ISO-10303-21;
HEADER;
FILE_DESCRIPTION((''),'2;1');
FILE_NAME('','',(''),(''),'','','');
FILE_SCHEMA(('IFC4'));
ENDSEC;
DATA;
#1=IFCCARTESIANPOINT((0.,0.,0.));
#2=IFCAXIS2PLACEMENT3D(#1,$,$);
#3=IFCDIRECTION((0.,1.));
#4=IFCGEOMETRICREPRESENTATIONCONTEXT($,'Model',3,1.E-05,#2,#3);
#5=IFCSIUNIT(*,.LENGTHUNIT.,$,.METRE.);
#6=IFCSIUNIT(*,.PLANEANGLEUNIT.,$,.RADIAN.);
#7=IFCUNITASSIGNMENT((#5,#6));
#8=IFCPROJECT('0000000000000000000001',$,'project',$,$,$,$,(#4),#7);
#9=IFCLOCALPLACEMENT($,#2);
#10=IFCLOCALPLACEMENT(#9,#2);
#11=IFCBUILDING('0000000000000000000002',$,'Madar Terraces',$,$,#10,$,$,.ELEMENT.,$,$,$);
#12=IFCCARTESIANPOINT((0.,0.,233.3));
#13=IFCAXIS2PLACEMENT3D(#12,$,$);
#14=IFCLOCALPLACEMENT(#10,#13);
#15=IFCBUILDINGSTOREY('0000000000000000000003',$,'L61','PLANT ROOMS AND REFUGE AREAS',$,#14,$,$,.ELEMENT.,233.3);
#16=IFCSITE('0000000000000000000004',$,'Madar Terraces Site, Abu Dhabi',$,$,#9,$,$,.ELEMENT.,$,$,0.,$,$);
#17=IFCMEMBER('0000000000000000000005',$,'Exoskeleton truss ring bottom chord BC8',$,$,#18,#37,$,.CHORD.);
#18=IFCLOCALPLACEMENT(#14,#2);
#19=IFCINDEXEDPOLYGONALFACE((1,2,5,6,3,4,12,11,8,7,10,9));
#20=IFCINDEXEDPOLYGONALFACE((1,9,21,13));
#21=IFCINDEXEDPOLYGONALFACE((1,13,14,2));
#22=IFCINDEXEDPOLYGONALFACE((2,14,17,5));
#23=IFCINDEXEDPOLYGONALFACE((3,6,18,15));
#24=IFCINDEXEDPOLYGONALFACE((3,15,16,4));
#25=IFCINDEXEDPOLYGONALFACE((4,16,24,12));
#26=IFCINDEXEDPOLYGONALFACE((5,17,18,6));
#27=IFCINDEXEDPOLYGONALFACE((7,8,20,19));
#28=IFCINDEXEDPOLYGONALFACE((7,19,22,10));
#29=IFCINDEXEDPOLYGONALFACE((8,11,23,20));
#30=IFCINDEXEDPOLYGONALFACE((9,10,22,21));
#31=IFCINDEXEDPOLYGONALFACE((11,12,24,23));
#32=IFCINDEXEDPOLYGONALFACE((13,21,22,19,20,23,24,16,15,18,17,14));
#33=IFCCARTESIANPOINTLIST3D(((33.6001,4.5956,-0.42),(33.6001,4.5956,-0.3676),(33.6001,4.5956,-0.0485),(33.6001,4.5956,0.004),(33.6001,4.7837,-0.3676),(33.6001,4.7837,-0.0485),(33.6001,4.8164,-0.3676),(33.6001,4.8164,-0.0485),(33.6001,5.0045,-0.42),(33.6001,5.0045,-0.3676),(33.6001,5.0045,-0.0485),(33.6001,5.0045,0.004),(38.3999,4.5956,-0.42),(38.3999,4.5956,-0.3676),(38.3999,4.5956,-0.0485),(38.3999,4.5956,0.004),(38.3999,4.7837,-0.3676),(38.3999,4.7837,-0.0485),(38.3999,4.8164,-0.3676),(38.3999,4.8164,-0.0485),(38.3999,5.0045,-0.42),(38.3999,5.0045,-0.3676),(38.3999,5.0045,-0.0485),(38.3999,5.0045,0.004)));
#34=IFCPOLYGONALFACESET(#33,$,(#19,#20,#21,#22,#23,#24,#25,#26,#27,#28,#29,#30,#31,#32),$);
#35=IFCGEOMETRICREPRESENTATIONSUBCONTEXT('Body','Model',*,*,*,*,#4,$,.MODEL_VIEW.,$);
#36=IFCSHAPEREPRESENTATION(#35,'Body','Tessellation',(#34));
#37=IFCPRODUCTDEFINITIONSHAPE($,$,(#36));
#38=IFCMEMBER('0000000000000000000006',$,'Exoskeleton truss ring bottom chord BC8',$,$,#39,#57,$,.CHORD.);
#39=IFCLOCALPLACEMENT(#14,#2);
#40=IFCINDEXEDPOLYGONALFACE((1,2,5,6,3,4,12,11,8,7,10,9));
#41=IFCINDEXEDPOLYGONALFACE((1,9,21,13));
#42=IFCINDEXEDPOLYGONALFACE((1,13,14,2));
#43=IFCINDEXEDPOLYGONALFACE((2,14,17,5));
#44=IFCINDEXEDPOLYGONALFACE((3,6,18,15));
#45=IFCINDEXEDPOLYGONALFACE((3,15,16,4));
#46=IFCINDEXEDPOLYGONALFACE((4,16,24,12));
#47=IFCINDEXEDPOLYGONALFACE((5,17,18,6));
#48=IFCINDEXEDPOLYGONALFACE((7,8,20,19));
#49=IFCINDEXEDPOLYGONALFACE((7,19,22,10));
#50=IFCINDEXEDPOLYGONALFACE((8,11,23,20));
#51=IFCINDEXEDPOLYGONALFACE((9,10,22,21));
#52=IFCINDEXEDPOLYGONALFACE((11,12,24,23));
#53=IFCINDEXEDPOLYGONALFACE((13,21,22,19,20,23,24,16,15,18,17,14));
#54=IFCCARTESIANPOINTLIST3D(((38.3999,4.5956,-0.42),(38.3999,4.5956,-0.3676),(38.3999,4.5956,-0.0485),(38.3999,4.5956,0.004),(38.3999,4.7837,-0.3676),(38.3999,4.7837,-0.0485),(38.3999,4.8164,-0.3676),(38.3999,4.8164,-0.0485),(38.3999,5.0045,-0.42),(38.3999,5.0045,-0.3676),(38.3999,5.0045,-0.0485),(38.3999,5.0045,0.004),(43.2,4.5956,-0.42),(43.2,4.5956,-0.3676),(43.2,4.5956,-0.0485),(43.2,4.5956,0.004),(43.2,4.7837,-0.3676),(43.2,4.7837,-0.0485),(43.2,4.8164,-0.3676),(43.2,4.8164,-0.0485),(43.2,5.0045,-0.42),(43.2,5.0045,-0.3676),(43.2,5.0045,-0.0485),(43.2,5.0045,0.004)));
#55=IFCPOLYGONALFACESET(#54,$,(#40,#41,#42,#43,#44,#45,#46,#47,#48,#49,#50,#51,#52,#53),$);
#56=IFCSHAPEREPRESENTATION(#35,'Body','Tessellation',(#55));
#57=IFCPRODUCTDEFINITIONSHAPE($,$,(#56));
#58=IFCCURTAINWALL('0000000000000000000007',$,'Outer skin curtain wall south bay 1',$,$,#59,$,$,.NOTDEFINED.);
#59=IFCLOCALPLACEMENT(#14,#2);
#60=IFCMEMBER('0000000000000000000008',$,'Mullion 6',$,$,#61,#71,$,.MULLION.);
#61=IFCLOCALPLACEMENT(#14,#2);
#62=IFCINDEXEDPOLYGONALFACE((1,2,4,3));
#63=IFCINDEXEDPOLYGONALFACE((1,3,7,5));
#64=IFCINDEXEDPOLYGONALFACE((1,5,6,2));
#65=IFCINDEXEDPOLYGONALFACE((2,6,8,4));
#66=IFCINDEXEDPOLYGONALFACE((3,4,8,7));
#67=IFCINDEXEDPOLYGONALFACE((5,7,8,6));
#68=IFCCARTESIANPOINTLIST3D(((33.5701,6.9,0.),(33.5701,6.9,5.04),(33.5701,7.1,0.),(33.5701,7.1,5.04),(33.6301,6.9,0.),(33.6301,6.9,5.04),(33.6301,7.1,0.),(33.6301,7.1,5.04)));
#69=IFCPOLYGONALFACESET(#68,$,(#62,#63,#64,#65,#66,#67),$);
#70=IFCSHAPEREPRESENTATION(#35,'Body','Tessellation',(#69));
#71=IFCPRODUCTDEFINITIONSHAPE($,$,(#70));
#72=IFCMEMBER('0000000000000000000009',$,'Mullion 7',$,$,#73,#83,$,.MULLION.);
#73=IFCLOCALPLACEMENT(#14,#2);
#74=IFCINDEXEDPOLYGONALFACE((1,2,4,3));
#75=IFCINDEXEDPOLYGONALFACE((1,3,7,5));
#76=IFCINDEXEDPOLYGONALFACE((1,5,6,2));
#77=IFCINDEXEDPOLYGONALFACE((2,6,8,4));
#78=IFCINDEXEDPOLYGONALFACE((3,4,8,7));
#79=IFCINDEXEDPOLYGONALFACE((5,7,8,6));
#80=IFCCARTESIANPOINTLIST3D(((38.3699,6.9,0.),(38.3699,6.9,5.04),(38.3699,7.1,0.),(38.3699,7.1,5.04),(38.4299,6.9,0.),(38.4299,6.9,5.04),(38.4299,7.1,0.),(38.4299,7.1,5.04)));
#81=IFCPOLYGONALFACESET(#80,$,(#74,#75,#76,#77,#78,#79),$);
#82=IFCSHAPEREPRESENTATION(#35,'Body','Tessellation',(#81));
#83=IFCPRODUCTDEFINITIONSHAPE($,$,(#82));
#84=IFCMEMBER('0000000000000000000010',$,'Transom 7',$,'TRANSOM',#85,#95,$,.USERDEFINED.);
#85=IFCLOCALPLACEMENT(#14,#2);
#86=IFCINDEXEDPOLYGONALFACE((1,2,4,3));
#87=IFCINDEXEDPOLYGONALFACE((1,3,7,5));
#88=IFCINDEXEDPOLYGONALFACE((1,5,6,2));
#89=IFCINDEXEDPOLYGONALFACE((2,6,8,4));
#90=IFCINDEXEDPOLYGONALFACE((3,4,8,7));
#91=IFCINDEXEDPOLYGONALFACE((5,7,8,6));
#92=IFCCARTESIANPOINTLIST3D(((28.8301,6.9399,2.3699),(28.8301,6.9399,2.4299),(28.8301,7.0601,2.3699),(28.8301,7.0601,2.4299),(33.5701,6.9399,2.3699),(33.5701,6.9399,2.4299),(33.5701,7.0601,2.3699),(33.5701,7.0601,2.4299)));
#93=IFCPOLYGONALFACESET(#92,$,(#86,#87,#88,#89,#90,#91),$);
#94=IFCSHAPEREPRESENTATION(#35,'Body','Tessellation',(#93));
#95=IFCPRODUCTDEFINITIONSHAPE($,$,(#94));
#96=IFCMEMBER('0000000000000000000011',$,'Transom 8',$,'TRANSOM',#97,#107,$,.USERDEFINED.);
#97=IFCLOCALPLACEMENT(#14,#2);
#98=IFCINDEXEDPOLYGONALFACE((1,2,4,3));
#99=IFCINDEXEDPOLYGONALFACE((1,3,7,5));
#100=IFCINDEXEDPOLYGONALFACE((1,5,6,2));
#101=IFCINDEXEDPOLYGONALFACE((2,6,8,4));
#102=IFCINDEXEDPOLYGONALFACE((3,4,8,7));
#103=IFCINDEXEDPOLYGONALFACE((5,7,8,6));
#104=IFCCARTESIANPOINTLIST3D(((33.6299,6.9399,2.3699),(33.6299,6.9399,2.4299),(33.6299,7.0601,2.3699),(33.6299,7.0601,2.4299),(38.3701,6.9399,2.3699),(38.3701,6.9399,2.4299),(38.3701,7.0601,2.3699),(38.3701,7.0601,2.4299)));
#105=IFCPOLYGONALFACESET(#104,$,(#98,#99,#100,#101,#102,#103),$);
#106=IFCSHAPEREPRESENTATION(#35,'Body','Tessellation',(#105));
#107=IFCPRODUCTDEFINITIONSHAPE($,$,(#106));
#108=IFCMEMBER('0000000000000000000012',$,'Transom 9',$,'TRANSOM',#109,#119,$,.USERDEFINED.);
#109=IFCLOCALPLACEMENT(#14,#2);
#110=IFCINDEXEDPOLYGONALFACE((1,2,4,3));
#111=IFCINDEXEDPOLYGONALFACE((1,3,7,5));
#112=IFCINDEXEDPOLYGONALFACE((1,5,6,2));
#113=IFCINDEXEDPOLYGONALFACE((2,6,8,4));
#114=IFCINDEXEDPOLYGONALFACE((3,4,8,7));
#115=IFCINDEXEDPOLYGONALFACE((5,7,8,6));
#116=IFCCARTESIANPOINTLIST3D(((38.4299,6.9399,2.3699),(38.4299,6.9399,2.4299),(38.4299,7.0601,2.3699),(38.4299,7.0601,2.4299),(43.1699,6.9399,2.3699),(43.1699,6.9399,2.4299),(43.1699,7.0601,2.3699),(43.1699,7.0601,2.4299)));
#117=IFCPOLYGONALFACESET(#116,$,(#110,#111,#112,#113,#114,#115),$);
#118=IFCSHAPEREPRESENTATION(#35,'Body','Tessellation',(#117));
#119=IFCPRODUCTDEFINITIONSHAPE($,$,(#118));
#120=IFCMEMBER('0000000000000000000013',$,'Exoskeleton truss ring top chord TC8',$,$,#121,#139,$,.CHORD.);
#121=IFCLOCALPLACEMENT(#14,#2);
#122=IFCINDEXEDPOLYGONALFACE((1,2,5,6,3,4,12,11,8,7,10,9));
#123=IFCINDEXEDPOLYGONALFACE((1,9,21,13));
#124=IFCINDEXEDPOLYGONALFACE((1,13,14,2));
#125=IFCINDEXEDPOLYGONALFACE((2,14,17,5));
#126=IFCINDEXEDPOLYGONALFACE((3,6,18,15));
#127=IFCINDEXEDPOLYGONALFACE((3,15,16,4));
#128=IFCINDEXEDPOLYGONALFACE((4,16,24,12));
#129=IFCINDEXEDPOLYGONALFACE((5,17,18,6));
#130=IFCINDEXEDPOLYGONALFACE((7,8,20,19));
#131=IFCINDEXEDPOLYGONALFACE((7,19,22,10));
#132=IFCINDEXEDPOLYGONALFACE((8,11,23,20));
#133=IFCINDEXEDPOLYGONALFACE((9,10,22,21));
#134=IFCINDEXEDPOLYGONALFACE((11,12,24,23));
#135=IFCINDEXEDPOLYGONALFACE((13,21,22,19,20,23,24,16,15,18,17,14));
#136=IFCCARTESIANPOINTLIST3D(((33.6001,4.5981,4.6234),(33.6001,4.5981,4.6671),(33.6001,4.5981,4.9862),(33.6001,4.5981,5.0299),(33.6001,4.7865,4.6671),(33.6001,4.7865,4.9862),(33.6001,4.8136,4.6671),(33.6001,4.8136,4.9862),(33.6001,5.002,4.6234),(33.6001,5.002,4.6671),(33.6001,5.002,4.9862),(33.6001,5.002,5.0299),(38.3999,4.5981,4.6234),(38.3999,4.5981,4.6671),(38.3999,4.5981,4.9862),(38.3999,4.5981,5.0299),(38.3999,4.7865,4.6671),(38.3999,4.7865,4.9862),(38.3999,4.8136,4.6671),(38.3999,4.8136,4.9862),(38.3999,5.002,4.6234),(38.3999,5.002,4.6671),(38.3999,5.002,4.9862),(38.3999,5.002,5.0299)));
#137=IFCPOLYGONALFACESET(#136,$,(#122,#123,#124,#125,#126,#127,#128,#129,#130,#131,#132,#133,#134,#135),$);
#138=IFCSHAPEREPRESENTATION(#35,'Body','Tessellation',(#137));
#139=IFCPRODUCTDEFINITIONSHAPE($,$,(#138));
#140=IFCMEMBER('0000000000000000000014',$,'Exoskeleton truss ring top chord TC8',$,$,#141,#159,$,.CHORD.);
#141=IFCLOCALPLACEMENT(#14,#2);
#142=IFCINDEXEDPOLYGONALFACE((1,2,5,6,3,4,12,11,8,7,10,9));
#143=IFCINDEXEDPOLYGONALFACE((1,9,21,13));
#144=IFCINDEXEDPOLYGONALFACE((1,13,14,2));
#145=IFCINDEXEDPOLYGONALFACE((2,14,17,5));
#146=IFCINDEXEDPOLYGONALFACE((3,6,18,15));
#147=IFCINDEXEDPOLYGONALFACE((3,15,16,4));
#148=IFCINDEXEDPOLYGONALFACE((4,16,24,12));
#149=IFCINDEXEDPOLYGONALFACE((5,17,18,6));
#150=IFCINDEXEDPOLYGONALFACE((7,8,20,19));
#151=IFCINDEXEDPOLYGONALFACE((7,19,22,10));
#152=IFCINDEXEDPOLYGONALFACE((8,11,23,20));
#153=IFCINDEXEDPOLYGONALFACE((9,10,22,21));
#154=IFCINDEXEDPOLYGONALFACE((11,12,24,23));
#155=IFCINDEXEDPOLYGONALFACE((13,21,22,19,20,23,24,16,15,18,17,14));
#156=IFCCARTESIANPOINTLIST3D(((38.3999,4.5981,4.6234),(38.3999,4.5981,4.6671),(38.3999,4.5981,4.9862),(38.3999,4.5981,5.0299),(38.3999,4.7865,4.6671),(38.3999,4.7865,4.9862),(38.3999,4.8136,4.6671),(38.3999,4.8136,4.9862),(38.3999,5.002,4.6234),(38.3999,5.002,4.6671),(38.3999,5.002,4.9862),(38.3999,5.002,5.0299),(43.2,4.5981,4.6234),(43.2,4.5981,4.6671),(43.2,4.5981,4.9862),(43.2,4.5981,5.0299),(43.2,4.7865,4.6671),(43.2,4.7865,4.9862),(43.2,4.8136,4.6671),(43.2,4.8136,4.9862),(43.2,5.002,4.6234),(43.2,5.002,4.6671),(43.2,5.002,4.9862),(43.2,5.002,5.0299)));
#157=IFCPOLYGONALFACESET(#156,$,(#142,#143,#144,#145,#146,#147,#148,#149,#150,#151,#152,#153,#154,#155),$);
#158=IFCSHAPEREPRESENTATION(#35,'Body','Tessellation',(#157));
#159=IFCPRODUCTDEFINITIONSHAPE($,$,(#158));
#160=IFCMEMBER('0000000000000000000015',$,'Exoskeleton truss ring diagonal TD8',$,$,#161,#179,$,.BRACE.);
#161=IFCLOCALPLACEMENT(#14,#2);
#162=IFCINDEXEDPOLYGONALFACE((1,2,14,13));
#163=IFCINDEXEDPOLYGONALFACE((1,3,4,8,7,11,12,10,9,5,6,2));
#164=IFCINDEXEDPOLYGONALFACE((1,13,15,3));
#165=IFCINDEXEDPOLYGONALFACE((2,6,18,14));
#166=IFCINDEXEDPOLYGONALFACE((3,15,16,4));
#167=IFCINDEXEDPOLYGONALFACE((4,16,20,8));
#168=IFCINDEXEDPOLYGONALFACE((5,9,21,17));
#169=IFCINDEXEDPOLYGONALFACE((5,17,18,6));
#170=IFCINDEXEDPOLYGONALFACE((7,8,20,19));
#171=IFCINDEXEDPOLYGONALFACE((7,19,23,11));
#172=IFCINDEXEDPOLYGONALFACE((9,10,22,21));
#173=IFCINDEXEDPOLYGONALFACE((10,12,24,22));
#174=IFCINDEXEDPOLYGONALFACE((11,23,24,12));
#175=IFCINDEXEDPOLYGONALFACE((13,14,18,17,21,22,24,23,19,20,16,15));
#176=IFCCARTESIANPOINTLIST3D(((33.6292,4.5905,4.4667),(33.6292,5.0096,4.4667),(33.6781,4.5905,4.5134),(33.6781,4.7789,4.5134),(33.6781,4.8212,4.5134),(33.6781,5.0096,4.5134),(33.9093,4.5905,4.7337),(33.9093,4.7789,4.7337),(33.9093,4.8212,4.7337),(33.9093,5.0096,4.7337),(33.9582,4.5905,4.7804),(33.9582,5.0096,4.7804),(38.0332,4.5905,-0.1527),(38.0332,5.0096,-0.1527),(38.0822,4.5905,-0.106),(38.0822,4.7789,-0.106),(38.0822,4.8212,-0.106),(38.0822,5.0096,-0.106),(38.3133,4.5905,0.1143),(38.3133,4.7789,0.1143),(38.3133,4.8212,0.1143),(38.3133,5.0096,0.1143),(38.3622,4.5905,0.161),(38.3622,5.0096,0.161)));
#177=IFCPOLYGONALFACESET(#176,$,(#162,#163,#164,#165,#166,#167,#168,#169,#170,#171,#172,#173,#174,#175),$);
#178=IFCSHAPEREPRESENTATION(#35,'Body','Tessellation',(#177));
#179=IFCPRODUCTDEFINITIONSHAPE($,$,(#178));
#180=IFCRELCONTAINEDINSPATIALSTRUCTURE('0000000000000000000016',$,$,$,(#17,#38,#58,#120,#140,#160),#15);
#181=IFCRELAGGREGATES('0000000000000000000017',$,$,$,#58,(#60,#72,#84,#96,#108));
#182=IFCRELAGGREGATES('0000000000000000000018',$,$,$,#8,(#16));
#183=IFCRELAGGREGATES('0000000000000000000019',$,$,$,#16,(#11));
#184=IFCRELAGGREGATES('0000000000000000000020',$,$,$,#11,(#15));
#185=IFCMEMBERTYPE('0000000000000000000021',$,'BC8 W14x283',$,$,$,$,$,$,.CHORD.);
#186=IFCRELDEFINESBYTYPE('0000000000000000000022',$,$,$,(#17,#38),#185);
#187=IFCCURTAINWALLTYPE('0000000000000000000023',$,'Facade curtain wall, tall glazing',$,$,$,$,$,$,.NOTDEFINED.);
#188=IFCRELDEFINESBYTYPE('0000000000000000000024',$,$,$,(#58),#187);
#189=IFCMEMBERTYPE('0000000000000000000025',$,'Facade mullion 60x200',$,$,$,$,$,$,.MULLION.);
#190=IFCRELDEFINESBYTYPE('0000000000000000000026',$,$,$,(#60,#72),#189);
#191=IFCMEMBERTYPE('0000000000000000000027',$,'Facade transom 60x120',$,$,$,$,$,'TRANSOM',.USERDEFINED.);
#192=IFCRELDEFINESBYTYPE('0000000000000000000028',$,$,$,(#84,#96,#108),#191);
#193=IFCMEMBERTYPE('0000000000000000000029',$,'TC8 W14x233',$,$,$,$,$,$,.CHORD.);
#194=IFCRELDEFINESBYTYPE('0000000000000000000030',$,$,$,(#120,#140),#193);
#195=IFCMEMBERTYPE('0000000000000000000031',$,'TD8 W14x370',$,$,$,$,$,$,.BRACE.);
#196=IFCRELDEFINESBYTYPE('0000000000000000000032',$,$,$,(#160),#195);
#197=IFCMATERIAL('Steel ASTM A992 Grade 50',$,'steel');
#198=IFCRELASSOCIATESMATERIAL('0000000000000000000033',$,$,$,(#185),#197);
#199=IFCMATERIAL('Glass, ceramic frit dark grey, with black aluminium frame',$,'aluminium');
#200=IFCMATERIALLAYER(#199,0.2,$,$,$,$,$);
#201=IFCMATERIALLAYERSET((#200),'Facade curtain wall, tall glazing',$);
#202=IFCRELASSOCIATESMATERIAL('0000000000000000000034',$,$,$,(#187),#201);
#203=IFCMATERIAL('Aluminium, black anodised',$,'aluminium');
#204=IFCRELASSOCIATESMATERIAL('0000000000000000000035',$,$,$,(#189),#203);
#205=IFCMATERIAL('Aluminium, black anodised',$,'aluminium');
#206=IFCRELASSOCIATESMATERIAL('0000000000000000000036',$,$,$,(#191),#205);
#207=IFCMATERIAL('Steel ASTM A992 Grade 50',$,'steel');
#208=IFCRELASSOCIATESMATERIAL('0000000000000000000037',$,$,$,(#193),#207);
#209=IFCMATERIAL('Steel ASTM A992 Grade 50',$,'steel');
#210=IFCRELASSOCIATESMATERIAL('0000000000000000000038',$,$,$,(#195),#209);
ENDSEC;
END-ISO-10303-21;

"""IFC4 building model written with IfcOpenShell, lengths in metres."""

from ifc_helpers import new_model, si_unit, direction, frame, origin, origin_2d, place, context, subcontext, project, spatial, rectangle, i_section, extrude, material, layer, layer_set, material_profile, profile_set, type_object, element, aggregate, save


model = new_model("IFC4")

# Units and contexts
model_context = context("Model", 3, precision=1e-05, world=origin(), true_north=direction((0.0, 1.0)))
body_context = subcontext(model_context, "Body", "Model", "MODEL_VIEW")
ifc_project = project(units=[si_unit("LENGTHUNIT", "METRE"), si_unit("PLANEANGLEUNIT", "RADIAN")], contexts=[model_context])

# Site, building, storey
site_placement = place(None, origin())
site = spatial("IfcSite", under=ifc_project, at=site_placement, Name="Madar Terraces Site, Abu Dhabi", CompositionType="ELEMENT", RefElevation=0.0)
building_placement = place(site_placement, origin())
building = spatial("IfcBuilding", under=site, at=building_placement, Name="Madar Terraces", CompositionType="ELEMENT")
storey_placement = place(building_placement, frame((0.0, 0.0, 233.3)))
storey = spatial("IfcBuildingStorey", under=building, at=storey_placement, Name="L61", Description="PLANT ROOMS AND REFUGE AREAS", CompositionType="ELEMENT", Elevation=233.3)

# Members
ifc_material_1 = material(Name="Steel ASTM A992 Grade 50", Category="steel")
ifc_material_profile_1 = material_profile(ifc_material_1, i_section(OverallWidth=0.4089, OverallDepth=0.4241, WebThickness=0.0327, FlangeThickness=0.0525, at=origin_2d()), Name="W14x283")
ifc_profile_set_1 = profile_set([ifc_material_profile_1], Name="Steel ASTM A992 Grade 50")
member_type_1 = type_object("IfcMemberType", Name="BC8 W14x283", PredefinedType="CHORD", material=ifc_profile_set_1)
member_1_placement = place(storey_placement, frame((33.6001, 4.8, -0.208), z_axis=(1.0, 0.0, 0.0), x_axis=(0.0, 1.0, 0.0)))
element("IfcMember", 1, at=member_1_placement, inside=storey, type_object=member_type_1, Name="Exoskeleton truss ring bottom chord BC8", PredefinedType="CHORD", context=body_context, shape_type="SweptSolid", body=[
    extrude(i_section(OverallWidth=0.4089, OverallDepth=0.4241, WebThickness=0.0327, FlangeThickness=0.0525, at=origin_2d()), origin(), (0.0, 0.0, 1.0), 4.7998),
])
member_2_placement = place(storey_placement, frame((38.3999, 4.8, -0.208), z_axis=(1.0, 0.0, 0.0), x_axis=(0.0, 1.0, 0.0)))
element("IfcMember", 2, at=member_2_placement, inside=storey, type_object=member_type_1, Name="Exoskeleton truss ring bottom chord BC8", PredefinedType="CHORD", context=body_context, shape_type="SweptSolid", body=[
    extrude(i_section(OverallWidth=0.4089, OverallDepth=0.4241, WebThickness=0.0327, FlangeThickness=0.0525, at=origin_2d()), origin(), (0.0, 0.0, 1.0), 4.8),
])

# Curtain wall, members
ifc_material_2 = material(Name="Glass, ceramic frit dark grey, with black aluminium frame", Category="aluminium")
ifc_layer_1 = layer(ifc_material_2, 0.2)
ifc_layer_set_1 = layer_set([ifc_layer_1], Name="Facade curtain wall, tall glazing")
curtain_wall_type = type_object("IfcCurtainWallType", Name="Facade curtain wall, tall glazing", PredefinedType="NOTDEFINED", material=ifc_layer_set_1)
curtain_wall_placement = place(storey_placement, origin())
curtain_wall = element("IfcCurtainWall", 3, at=curtain_wall_placement, inside=storey, type_object=curtain_wall_type, Name="Outer skin curtain wall south bay 1", PredefinedType="NOTDEFINED")
ifc_material_3 = material(Name="Aluminium, black anodised", Category="aluminium")
ifc_material_profile_2 = material_profile(ifc_material_3, rectangle(XDim=0.2, YDim=0.0601, at=origin_2d()), Name="Facade mullion 60x200")
ifc_profile_set_2 = profile_set([ifc_material_profile_2], Name="Aluminium, black anodised")
member_type_2 = type_object("IfcMemberType", Name="Facade mullion 60x200", PredefinedType="MULLION", material=ifc_profile_set_2)
member_3_placement = place(storey_placement, frame((33.6001, 7.0, 0.0), z_axis=(0.0, 0.0, 1.0), x_axis=(0.0, 1.0, 0.0)))
member_3 = element("IfcMember", 4, at=member_3_placement, type_object=member_type_2, Name="Mullion 6", PredefinedType="MULLION", context=body_context, shape_type="SweptSolid", body=[
    extrude(rectangle(XDim=0.2, YDim=0.0601, at=origin_2d()), origin(), (0.0, 0.0, 1.0), 5.04),
])
member_4_placement = place(storey_placement, frame((38.3999, 7.0, 0.0), z_axis=(0.0, 0.0, 1.0), x_axis=(0.0, 1.0, 0.0)))
member_4 = element("IfcMember", 5, at=member_4_placement, type_object=member_type_2, Name="Mullion 7", PredefinedType="MULLION", context=body_context, shape_type="SweptSolid", body=[
    extrude(rectangle(XDim=0.2, YDim=0.0601, at=origin_2d()), origin(), (0.0, 0.0, 1.0), 5.04),
])
ifc_material_4 = material(Name="Aluminium, black anodised", Category="aluminium")
ifc_material_profile_3 = material_profile(ifc_material_4, rectangle(XDim=0.1201, YDim=0.0601, at=origin_2d()), Name="Facade transom 60x120")
ifc_profile_set_3 = profile_set([ifc_material_profile_3], Name="Aluminium, black anodised")
member_type_3 = type_object("IfcMemberType", Name="Facade transom 60x120", ElementType="TRANSOM", PredefinedType="USERDEFINED", material=ifc_profile_set_3)
member_5_placement = place(storey_placement, frame((28.8301, 7.0, 2.3999), z_axis=(1.0, 0.0, 0.0), x_axis=(0.0, 1.0, 0.0)))
member_5 = element("IfcMember", 6, at=member_5_placement, type_object=member_type_3, Name="Transom 7", ObjectType="TRANSOM", PredefinedType="USERDEFINED", context=body_context, shape_type="SweptSolid", body=[
    extrude(rectangle(XDim=0.1201, YDim=0.0601, at=origin_2d()), origin(), (0.0, 0.0, 1.0), 4.74),
])
member_6_placement = place(storey_placement, frame((33.6299, 7.0, 2.3999), z_axis=(1.0, 0.0, 0.0), x_axis=(0.0, 1.0, 0.0)))
member_6 = element("IfcMember", 7, at=member_6_placement, type_object=member_type_3, Name="Transom 8", ObjectType="TRANSOM", PredefinedType="USERDEFINED", context=body_context, shape_type="SweptSolid", body=[
    extrude(rectangle(XDim=0.1201, YDim=0.0601, at=origin_2d()), origin(), (0.0, 0.0, 1.0), 4.7402),
])
member_7_placement = place(storey_placement, frame((38.4299, 7.0, 2.3999), z_axis=(1.0, 0.0, 0.0), x_axis=(0.0, 1.0, 0.0)))
member_7 = element("IfcMember", 8, at=member_7_placement, type_object=member_type_3, Name="Transom 9", ObjectType="TRANSOM", PredefinedType="USERDEFINED", context=body_context, shape_type="SweptSolid", body=[
    extrude(rectangle(XDim=0.1201, YDim=0.0601, at=origin_2d()), origin(), (0.0, 0.0, 1.0), 4.74),
])

# Members
ifc_material_5 = material(Name="Steel ASTM A992 Grade 50", Category="steel")
ifc_material_profile_4 = material_profile(ifc_material_5, i_section(OverallWidth=0.4038, OverallDepth=0.4065, WebThickness=0.0271, FlangeThickness=0.0437, at=origin_2d()), Name="W14x233")
ifc_profile_set_4 = profile_set([ifc_material_profile_4], Name="Steel ASTM A992 Grade 50")
member_type_4 = type_object("IfcMemberType", Name="TC8 W14x233", PredefinedType="CHORD", material=ifc_profile_set_4)
member_8_placement = place(storey_placement, frame((33.6001, 4.8, 4.8267), z_axis=(1.0, 0.0, 0.0), x_axis=(0.0, 1.0, 0.0)))
element("IfcMember", 9, at=member_8_placement, inside=storey, type_object=member_type_4, Name="Exoskeleton truss ring top chord TC8", PredefinedType="CHORD", context=body_context, shape_type="SweptSolid", body=[
    extrude(i_section(OverallWidth=0.4038, OverallDepth=0.4065, WebThickness=0.0271, FlangeThickness=0.0437, at=origin_2d()), origin(), (0.0, 0.0, 1.0), 4.7998),
])
member_9_placement = place(storey_placement, frame((38.3999, 4.8, 4.8267), z_axis=(1.0, 0.0, 0.0), x_axis=(0.0, 1.0, 0.0)))
element("IfcMember", 10, at=member_9_placement, inside=storey, type_object=member_type_4, Name="Exoskeleton truss ring top chord TC8", PredefinedType="CHORD", context=body_context, shape_type="SweptSolid", body=[
    extrude(i_section(OverallWidth=0.4038, OverallDepth=0.4065, WebThickness=0.0271, FlangeThickness=0.0437, at=origin_2d()), origin(), (0.0, 0.0, 1.0), 4.8),
])
ifc_material_6 = material(Name="Steel ASTM A992 Grade 50", Category="steel")
ifc_material_profile_5 = material_profile(ifc_material_6, i_section(OverallWidth=0.4192, OverallDepth=0.4546, WebThickness=0.0422, FlangeThickness=0.0676, at=origin_2d()), Name="W14x370")
ifc_profile_set_5 = profile_set([ifc_material_profile_5], Name="Steel ASTM A992 Grade 50")
member_type_5 = type_object("IfcMemberType", Name="TD8 W14x370", PredefinedType="BRACE", material=ifc_profile_set_5)
member_10_placement = place(storey_placement, frame((33.7937, 4.8, 4.6235), z_axis=(0.690036, 0.0, -0.723775), x_axis=(0.0, 1.0, 0.0)))
element("IfcMember", 11, at=member_10_placement, inside=storey, type_object=member_type_5, Name="Exoskeleton truss ring diagonal TD8", PredefinedType="BRACE", context=body_context, shape_type="SweptSolid", body=[
    extrude(i_section(OverallWidth=0.4192, OverallDepth=0.4546, WebThickness=0.0422, FlangeThickness=0.0676, at=origin_2d()), origin(), (0.0, 0.0, 1.0), 6.3823),
])

aggregate(curtain_wall, [member_3, member_4, member_5, member_6, member_7])

save(model, "model.ifc")
